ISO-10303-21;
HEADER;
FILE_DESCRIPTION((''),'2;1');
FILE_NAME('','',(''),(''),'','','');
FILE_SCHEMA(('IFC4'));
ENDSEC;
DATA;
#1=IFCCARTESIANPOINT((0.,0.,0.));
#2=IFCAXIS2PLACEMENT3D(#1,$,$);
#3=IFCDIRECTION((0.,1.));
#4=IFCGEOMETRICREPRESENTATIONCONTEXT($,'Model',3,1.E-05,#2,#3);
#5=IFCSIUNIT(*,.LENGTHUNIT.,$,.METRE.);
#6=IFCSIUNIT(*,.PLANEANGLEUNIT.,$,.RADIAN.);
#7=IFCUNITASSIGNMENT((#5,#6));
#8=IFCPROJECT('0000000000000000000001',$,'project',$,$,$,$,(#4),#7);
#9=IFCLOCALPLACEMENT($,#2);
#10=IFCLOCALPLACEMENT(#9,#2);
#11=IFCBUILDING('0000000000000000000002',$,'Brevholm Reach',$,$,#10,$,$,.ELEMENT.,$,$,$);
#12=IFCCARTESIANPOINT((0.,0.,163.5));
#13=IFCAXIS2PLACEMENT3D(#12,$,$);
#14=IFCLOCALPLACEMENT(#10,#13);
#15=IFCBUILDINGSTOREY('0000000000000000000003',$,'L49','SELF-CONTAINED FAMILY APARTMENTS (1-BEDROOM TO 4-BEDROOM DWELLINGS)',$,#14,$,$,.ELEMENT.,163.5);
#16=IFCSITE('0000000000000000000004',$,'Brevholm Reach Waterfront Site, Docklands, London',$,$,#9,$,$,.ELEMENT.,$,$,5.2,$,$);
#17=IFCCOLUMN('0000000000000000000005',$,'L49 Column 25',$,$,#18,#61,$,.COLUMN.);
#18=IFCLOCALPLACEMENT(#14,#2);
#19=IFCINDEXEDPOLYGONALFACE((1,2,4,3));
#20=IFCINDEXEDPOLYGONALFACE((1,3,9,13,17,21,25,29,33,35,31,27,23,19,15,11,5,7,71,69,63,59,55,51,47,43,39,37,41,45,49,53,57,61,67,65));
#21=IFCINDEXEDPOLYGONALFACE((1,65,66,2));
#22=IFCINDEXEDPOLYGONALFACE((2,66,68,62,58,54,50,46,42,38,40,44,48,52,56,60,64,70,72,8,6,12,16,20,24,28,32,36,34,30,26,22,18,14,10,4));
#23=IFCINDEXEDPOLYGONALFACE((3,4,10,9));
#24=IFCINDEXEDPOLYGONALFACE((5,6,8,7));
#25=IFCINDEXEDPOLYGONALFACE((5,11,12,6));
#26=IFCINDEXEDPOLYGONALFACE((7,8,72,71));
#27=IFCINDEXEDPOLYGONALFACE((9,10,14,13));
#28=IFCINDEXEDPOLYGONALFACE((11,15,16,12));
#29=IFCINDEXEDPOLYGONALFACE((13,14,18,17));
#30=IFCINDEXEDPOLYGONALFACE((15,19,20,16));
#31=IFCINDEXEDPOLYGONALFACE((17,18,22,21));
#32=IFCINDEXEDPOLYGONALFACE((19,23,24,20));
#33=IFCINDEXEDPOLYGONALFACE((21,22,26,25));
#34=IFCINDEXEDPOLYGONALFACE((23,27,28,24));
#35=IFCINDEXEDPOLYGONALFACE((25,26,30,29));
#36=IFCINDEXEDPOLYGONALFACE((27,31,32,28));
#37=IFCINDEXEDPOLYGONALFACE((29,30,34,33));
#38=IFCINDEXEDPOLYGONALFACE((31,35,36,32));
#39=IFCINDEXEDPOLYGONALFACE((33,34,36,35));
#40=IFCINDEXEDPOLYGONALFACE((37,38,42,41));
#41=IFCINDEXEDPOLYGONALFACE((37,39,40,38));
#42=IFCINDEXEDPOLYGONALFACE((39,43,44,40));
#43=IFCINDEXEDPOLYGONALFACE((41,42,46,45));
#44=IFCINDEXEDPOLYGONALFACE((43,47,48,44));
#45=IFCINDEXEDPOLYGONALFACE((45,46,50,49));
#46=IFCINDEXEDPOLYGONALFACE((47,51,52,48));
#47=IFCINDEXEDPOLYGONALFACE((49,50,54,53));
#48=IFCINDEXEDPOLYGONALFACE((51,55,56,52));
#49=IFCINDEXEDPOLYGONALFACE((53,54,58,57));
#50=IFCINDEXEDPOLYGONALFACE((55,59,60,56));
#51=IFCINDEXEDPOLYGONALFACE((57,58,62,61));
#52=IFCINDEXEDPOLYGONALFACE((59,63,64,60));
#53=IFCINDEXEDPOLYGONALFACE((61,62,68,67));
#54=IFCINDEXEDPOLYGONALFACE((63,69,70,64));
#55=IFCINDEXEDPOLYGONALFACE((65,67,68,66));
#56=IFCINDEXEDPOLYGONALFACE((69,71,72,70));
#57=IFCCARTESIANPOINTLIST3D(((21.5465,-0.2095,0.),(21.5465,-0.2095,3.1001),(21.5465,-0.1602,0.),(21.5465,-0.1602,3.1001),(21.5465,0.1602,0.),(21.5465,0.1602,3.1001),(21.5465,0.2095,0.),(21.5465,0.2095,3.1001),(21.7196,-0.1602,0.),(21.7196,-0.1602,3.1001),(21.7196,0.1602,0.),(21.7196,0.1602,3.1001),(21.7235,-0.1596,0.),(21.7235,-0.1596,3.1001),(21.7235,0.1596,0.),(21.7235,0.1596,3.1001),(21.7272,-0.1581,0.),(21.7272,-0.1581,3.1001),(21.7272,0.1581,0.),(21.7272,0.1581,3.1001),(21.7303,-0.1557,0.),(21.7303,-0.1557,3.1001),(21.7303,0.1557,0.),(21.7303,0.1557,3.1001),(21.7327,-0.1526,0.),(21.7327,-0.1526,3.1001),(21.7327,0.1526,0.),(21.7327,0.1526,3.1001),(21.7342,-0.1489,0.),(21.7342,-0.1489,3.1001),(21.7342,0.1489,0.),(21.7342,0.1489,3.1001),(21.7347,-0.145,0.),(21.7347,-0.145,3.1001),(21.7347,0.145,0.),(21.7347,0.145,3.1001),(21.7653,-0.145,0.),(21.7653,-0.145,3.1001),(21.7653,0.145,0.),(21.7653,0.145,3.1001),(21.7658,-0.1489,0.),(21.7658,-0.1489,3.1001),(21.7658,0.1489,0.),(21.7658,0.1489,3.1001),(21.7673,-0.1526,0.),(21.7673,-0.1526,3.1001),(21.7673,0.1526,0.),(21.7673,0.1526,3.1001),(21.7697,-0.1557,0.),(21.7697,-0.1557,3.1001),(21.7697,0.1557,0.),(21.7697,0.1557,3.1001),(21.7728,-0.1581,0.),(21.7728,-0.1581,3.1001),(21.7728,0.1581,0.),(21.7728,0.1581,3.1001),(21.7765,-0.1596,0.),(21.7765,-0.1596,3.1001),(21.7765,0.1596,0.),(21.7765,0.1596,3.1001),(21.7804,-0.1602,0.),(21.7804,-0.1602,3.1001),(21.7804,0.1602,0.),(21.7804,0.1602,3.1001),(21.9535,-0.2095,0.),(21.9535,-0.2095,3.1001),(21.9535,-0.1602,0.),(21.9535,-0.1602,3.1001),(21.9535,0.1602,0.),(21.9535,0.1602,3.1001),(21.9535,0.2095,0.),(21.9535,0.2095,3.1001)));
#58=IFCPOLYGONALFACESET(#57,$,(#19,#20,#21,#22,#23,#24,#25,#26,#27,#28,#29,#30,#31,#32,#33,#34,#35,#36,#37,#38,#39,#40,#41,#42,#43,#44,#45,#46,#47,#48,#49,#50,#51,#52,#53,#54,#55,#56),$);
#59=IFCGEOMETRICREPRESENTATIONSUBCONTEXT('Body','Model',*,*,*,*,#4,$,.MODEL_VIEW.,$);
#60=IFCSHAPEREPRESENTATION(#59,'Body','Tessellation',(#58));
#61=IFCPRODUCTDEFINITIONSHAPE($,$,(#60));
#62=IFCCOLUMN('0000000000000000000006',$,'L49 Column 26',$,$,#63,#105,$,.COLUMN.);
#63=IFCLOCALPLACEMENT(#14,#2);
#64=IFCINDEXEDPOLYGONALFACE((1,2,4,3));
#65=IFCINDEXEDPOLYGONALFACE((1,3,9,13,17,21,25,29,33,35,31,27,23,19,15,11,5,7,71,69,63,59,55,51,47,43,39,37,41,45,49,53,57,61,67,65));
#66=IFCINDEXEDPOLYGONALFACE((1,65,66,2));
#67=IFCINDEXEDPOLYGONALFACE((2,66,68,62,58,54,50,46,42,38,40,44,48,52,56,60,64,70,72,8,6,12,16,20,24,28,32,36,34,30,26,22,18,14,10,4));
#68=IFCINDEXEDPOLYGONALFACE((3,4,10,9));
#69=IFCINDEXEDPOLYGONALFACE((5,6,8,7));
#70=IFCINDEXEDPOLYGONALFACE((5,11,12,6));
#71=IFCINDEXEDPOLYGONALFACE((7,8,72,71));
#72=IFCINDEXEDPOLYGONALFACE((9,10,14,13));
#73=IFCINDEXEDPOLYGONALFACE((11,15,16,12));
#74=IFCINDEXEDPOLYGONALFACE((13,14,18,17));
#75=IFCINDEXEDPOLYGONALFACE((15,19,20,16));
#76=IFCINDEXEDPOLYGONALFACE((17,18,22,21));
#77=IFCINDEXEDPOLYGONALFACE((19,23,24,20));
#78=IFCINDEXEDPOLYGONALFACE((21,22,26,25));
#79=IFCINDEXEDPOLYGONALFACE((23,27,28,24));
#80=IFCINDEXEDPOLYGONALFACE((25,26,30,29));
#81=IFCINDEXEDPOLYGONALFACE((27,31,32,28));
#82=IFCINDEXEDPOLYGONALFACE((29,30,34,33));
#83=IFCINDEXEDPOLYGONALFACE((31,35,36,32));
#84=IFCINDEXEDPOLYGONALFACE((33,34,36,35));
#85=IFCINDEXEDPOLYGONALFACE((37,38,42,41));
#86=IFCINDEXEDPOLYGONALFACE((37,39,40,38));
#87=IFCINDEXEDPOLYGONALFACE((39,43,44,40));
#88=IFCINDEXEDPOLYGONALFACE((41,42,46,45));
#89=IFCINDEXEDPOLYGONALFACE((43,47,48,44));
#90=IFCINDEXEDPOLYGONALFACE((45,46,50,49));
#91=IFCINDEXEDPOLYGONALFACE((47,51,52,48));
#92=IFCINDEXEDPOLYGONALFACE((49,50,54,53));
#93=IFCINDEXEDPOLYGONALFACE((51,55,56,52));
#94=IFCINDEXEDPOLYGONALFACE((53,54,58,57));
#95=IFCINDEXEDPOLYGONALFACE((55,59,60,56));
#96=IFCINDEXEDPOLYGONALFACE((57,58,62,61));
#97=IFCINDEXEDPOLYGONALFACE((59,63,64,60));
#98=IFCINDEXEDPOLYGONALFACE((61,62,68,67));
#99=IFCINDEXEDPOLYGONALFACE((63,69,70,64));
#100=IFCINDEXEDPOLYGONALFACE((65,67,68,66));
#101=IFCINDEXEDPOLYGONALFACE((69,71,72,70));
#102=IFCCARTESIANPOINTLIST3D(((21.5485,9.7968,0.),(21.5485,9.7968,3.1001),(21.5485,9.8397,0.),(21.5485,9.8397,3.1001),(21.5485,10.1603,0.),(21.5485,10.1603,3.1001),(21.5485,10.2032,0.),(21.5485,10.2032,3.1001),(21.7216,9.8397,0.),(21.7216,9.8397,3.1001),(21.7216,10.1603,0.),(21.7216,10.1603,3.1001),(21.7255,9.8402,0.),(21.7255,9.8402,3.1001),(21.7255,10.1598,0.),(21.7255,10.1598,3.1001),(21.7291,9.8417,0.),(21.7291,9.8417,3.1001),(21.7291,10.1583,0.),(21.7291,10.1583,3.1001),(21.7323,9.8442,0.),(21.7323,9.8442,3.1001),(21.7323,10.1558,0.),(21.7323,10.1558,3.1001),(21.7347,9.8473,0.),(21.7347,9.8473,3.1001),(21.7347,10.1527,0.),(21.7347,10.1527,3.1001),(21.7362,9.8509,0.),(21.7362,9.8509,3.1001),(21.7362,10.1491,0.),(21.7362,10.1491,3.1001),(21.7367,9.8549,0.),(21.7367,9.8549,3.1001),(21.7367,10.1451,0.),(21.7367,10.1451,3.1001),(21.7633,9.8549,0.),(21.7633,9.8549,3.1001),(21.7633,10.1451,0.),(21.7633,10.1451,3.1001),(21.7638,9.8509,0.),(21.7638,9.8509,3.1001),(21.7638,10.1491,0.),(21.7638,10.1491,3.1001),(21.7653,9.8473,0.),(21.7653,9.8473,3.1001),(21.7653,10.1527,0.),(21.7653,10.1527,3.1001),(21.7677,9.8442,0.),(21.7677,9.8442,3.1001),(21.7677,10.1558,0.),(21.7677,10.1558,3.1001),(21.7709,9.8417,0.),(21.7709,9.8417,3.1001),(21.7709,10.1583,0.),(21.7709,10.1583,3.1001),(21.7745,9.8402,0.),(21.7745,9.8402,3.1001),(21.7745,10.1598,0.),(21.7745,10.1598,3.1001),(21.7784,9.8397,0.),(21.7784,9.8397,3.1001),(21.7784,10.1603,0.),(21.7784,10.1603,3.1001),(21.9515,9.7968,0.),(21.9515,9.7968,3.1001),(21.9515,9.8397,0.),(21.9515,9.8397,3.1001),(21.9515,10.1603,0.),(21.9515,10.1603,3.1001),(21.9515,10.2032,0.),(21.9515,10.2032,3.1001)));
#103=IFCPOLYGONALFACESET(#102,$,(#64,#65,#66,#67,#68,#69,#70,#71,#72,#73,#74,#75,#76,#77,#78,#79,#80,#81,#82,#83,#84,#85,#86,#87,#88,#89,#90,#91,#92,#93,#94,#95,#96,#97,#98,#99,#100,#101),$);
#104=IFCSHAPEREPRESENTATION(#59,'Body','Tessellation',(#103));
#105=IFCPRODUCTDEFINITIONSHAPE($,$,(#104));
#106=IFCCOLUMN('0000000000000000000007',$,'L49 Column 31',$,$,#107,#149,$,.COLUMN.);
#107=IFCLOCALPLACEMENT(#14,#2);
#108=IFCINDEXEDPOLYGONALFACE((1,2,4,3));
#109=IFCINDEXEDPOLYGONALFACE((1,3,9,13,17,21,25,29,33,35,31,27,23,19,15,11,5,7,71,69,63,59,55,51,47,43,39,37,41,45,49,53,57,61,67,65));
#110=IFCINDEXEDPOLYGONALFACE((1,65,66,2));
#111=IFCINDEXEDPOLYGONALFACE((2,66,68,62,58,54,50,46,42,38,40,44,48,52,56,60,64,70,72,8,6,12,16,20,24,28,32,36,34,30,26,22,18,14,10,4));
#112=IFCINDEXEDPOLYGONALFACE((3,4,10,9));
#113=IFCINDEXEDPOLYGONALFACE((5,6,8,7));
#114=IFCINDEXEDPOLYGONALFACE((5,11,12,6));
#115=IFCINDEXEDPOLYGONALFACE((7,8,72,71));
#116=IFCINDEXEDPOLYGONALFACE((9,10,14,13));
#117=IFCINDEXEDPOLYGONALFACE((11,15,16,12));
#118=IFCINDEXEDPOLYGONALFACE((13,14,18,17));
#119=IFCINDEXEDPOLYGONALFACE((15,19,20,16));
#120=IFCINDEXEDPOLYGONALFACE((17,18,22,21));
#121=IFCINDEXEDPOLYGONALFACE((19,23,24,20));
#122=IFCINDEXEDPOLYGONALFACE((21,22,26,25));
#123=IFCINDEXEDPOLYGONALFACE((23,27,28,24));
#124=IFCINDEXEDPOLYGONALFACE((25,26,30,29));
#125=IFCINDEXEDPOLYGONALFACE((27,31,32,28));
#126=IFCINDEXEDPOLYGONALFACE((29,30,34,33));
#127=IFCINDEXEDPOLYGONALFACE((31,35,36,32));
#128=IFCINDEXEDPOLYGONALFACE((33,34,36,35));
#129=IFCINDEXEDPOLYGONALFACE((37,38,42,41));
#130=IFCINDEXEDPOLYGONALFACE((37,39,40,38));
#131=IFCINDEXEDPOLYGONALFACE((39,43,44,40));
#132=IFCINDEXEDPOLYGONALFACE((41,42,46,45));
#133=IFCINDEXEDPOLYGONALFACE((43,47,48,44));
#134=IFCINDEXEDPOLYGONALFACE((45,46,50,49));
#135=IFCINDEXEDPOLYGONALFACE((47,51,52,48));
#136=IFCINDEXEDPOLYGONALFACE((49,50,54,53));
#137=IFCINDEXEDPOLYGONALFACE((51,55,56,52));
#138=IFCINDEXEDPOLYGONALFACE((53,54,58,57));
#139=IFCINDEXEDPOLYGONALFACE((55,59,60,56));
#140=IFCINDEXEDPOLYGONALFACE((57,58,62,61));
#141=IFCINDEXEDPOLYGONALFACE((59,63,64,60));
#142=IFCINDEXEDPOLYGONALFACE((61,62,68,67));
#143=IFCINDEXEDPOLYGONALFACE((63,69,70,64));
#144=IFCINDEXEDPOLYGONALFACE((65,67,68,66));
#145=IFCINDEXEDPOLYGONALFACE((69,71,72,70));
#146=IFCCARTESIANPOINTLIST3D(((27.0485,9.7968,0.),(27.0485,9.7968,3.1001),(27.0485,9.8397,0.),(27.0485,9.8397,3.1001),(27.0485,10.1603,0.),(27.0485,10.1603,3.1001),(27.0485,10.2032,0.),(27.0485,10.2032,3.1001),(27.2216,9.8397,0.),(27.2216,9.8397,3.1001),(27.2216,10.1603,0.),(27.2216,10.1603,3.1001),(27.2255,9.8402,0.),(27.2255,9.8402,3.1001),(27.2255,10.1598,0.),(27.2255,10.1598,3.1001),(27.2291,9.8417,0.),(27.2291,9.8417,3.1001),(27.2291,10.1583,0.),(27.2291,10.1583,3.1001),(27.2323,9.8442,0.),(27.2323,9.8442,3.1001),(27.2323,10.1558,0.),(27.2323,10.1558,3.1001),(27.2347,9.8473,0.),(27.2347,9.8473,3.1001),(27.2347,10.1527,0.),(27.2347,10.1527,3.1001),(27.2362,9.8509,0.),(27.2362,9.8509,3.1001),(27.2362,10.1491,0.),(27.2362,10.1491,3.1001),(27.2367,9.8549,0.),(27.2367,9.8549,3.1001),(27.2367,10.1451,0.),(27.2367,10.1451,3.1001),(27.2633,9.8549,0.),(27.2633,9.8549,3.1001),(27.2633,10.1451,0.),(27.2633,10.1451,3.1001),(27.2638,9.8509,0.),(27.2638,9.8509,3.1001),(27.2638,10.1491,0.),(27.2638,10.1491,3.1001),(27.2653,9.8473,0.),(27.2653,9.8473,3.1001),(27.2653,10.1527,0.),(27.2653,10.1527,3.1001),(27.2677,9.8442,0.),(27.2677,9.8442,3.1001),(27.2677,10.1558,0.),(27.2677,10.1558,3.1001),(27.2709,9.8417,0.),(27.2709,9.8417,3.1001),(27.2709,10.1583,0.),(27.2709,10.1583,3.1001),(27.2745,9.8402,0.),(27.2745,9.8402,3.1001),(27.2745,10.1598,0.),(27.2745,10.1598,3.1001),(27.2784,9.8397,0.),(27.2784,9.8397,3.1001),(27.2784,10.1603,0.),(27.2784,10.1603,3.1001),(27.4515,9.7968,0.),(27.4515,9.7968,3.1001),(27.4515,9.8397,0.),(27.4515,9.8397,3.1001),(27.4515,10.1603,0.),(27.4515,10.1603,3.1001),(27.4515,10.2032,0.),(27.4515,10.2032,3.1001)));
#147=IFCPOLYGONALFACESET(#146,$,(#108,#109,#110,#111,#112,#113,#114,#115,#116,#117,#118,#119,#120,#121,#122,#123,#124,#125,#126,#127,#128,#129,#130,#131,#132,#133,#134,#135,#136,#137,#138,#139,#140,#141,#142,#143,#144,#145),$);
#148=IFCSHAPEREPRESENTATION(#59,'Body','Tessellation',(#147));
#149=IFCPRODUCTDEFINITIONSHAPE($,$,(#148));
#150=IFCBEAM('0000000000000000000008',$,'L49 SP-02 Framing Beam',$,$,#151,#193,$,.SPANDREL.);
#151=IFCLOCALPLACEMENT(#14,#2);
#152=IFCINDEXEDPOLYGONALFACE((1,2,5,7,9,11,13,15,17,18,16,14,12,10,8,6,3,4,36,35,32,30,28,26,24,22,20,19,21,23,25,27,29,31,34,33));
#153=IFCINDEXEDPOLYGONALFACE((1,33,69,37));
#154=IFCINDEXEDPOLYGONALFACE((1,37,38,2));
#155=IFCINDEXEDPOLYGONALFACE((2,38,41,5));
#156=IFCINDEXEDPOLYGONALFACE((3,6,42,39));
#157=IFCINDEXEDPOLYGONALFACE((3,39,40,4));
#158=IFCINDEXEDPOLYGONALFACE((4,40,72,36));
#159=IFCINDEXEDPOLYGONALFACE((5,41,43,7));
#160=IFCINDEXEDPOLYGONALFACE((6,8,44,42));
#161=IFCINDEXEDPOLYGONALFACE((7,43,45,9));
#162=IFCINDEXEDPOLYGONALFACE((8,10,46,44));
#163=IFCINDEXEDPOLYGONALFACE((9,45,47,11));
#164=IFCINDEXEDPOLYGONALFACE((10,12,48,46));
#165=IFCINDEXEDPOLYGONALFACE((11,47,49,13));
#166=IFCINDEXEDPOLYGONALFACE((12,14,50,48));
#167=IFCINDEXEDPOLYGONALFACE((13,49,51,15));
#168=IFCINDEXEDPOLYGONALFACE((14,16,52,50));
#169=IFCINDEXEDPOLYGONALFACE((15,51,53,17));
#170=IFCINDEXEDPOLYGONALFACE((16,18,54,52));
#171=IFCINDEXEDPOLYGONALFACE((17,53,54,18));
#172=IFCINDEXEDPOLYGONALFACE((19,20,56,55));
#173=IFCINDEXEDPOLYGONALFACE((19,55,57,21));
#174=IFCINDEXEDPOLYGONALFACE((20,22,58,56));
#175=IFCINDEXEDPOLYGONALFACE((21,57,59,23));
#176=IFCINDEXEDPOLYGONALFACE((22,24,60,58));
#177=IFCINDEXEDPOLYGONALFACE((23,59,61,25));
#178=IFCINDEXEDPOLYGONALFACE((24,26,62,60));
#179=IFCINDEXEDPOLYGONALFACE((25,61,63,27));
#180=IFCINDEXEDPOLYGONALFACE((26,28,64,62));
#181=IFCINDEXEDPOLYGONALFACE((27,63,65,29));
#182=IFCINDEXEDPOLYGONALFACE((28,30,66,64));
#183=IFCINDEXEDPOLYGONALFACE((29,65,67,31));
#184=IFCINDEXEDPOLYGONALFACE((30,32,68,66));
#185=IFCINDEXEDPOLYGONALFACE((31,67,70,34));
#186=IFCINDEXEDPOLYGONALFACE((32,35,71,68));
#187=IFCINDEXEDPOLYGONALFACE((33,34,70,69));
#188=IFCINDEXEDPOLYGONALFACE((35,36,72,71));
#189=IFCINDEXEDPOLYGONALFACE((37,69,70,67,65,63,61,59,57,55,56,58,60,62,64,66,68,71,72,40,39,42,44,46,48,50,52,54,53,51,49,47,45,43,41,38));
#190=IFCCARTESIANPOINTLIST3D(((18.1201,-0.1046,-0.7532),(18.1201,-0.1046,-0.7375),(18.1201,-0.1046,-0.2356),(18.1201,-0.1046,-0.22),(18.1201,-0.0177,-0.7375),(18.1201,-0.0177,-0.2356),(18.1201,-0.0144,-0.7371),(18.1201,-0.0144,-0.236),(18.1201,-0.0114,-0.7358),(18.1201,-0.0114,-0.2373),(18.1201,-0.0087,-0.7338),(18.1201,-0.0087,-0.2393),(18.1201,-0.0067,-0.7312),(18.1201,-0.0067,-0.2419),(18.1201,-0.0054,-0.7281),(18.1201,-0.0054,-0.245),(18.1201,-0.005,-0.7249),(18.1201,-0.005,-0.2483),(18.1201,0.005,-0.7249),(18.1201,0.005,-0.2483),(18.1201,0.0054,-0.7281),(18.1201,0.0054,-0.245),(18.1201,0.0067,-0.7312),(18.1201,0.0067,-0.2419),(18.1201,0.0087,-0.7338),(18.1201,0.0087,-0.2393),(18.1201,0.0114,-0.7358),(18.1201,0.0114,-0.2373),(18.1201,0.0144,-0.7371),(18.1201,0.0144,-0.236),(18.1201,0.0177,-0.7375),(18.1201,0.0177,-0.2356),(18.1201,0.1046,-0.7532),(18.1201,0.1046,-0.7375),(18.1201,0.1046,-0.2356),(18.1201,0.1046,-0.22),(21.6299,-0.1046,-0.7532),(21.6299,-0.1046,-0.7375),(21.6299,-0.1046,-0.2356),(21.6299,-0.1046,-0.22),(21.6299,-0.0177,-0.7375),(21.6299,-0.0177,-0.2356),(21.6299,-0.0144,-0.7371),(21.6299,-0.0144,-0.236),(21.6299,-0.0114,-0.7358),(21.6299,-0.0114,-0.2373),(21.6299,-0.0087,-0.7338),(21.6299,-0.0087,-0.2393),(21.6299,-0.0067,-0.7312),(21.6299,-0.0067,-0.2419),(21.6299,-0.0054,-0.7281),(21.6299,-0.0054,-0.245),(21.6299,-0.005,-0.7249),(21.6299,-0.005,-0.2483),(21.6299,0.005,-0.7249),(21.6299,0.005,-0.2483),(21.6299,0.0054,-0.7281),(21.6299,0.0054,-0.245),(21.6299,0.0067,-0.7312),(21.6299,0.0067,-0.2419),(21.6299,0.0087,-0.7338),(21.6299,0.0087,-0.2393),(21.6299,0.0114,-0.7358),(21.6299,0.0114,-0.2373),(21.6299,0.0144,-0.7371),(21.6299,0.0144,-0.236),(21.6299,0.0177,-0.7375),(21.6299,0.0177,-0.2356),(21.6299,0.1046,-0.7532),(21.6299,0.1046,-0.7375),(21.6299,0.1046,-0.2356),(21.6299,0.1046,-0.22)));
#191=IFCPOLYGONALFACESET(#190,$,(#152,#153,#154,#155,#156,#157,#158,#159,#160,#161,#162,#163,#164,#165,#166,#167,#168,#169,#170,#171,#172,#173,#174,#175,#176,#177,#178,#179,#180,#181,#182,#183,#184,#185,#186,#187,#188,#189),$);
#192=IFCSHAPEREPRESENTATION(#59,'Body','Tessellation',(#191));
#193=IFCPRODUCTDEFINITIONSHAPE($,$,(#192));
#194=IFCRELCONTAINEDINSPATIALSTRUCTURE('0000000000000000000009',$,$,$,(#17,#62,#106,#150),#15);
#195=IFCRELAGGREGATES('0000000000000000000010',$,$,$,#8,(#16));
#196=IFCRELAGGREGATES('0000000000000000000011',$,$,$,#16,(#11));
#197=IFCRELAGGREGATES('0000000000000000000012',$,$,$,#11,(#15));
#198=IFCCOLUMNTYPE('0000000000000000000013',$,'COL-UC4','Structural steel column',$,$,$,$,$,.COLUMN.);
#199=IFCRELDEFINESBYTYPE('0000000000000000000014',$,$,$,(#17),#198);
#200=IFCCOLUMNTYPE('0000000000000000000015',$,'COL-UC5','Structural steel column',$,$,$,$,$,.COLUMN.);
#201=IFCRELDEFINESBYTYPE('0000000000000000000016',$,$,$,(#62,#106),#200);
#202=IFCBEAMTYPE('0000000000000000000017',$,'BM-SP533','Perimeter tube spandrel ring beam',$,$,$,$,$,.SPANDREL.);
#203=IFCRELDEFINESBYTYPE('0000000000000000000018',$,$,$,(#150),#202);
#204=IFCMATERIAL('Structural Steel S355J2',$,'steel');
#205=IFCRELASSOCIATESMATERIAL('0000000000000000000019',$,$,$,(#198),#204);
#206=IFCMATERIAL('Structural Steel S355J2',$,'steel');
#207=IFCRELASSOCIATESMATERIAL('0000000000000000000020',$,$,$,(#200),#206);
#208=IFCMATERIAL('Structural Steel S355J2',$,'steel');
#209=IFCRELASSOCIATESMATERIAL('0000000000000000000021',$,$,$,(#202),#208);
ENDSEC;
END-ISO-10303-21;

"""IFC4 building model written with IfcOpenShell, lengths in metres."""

from ifc_helpers import new_model, si_unit, direction, frame, origin, origin_2d, place, context, subcontext, project, spatial, i_section, extrude, material, material_profile, profile_set, type_object, element, save


model = new_model("IFC4")

# Units and contexts
model_context = context("Model", 3, precision=1e-05, world=origin(), true_north=direction((0.0, 1.0)))
body_context = subcontext(model_context, "Body", "Model", "MODEL_VIEW")
ifc_project = project(units=[si_unit("LENGTHUNIT", "METRE"), si_unit("PLANEANGLEUNIT", "RADIAN")], contexts=[model_context])

# Site, building, storey
site_placement = place(None, origin())
site = spatial("IfcSite", under=ifc_project, at=site_placement, Name="Brevholm Reach Waterfront Site, Docklands, London", CompositionType="ELEMENT", RefElevation=5.2)
building_placement = place(site_placement, origin())
building = spatial("IfcBuilding", under=site, at=building_placement, Name="Brevholm Reach", CompositionType="ELEMENT")
storey_placement = place(building_placement, frame((0.0, 0.0, 163.5)))
storey = spatial("IfcBuildingStorey", under=building, at=storey_placement, Name="L49", Description="SELF-CONTAINED FAMILY APARTMENTS (1-BEDROOM TO 4-BEDROOM DWELLINGS)", CompositionType="ELEMENT", Elevation=163.5)

# Columns
ifc_material_1 = material(Name="Structural Steel S355J2", Category="steel")
ifc_material_profile_1 = material_profile(ifc_material_1, i_section(OverallWidth=0.407, OverallDepth=0.4189, WebThickness=0.0305, FlangeThickness=0.0493, FilletRadius=0.0151, at=origin_2d()), Name="UKC 356x406x393")
ifc_profile_set_1 = profile_set([ifc_material_profile_1], Name="Structural Steel S355J2")
column_type_1 = type_object("IfcColumnType", Name="COL-UC4", Description="Structural steel column", PredefinedType="COLUMN", material=ifc_profile_set_1)
column_placement = place(storey_placement, frame((21.75, 0.0, 0.0), z_axis=(0.0, 0.0, 1.0), x_axis=(1.0, 0.0, 0.0)))
element("IfcColumn", 1, at=column_placement, inside=storey, type_object=column_type_1, Name="L49 Column 25", PredefinedType="COLUMN", context=body_context, shape_type="SweptSolid", body=[
    extrude(i_section(OverallWidth=0.407, OverallDepth=0.4189, WebThickness=0.0305, FlangeThickness=0.0493, FilletRadius=0.0151, at=origin_2d()), origin(), (0.0, 0.0, 1.0), 3.1001),
])
ifc_material_2 = material(Name="Structural Steel S355J2", Category="steel")
ifc_material_profile_2 = material_profile(ifc_material_2, i_section(OverallWidth=0.4031, OverallDepth=0.4065, WebThickness=0.0266, FlangeThickness=0.043, FilletRadius=0.0151, at=origin_2d()), Name="UKC 356x406x340")
ifc_profile_set_2 = profile_set([ifc_material_profile_2], Name="Structural Steel S355J2")
column_type_2 = type_object("IfcColumnType", Name="COL-UC5", Description="Structural steel column", PredefinedType="COLUMN", material=ifc_profile_set_2)
for number, where, z_axis, x_axis, name in (
    (2, (21.75, 10.0, 0.0), (0.0, 0.0, 1.0), (1.0, 0.0, 0.0), "L49 Column 26"),
    (3, (27.25, 10.0, 0.0), (0.0, 0.0, 1.0), (1.0, 0.0, 0.0), "L49 Column 31"),
):
    element("IfcColumn", number, at=place(storey_placement, frame(where, z_axis=z_axis, x_axis=x_axis)), inside=storey, type_object=column_type_2, Name=name, PredefinedType="COLUMN", context=body_context, shape_type="SweptSolid", body=[
        extrude(i_section(OverallWidth=0.4031, OverallDepth=0.4065, WebThickness=0.0266, FlangeThickness=0.043, FilletRadius=0.0151, at=origin_2d()), origin(), (0.0, 0.0, 1.0), 3.1001),
    ])

# Beam
ifc_material_3 = material(Name="Structural Steel S355J2", Category="steel")
ifc_material_profile_3 = material_profile(ifc_material_3, i_section(OverallWidth=0.2092, OverallDepth=0.5332, WebThickness=0.01, FlangeThickness=0.0156, FilletRadius=0.0127, at=origin_2d()), Name="UKB 533x210x92")
ifc_profile_set_3 = profile_set([ifc_material_profile_3], Name="Structural Steel S355J2")
beam_type_1 = type_object("IfcBeamType", Name="BM-SP533", Description="Perimeter tube spandrel ring beam", PredefinedType="SPANDREL", material=ifc_profile_set_3)
beam_1_placement = place(storey_placement, frame((18.1201, 0.0, -0.4866), z_axis=(1.0, 0.0, 0.0), x_axis=(0.0, 1.0, 0.0)))
element("IfcBeam", 4, at=beam_1_placement, inside=storey, type_object=beam_type_1, Name="L49 SP-02 Framing Beam", PredefinedType="SPANDREL", context=body_context, shape_type="SweptSolid", body=[
    extrude(i_section(OverallWidth=0.2092, OverallDepth=0.5332, WebThickness=0.01, FlangeThickness=0.0156, FilletRadius=0.0127, at=origin_2d()), origin(), (0.0, 0.0, 1.0), 3.5098),
])

save(model, "model.ifc")
